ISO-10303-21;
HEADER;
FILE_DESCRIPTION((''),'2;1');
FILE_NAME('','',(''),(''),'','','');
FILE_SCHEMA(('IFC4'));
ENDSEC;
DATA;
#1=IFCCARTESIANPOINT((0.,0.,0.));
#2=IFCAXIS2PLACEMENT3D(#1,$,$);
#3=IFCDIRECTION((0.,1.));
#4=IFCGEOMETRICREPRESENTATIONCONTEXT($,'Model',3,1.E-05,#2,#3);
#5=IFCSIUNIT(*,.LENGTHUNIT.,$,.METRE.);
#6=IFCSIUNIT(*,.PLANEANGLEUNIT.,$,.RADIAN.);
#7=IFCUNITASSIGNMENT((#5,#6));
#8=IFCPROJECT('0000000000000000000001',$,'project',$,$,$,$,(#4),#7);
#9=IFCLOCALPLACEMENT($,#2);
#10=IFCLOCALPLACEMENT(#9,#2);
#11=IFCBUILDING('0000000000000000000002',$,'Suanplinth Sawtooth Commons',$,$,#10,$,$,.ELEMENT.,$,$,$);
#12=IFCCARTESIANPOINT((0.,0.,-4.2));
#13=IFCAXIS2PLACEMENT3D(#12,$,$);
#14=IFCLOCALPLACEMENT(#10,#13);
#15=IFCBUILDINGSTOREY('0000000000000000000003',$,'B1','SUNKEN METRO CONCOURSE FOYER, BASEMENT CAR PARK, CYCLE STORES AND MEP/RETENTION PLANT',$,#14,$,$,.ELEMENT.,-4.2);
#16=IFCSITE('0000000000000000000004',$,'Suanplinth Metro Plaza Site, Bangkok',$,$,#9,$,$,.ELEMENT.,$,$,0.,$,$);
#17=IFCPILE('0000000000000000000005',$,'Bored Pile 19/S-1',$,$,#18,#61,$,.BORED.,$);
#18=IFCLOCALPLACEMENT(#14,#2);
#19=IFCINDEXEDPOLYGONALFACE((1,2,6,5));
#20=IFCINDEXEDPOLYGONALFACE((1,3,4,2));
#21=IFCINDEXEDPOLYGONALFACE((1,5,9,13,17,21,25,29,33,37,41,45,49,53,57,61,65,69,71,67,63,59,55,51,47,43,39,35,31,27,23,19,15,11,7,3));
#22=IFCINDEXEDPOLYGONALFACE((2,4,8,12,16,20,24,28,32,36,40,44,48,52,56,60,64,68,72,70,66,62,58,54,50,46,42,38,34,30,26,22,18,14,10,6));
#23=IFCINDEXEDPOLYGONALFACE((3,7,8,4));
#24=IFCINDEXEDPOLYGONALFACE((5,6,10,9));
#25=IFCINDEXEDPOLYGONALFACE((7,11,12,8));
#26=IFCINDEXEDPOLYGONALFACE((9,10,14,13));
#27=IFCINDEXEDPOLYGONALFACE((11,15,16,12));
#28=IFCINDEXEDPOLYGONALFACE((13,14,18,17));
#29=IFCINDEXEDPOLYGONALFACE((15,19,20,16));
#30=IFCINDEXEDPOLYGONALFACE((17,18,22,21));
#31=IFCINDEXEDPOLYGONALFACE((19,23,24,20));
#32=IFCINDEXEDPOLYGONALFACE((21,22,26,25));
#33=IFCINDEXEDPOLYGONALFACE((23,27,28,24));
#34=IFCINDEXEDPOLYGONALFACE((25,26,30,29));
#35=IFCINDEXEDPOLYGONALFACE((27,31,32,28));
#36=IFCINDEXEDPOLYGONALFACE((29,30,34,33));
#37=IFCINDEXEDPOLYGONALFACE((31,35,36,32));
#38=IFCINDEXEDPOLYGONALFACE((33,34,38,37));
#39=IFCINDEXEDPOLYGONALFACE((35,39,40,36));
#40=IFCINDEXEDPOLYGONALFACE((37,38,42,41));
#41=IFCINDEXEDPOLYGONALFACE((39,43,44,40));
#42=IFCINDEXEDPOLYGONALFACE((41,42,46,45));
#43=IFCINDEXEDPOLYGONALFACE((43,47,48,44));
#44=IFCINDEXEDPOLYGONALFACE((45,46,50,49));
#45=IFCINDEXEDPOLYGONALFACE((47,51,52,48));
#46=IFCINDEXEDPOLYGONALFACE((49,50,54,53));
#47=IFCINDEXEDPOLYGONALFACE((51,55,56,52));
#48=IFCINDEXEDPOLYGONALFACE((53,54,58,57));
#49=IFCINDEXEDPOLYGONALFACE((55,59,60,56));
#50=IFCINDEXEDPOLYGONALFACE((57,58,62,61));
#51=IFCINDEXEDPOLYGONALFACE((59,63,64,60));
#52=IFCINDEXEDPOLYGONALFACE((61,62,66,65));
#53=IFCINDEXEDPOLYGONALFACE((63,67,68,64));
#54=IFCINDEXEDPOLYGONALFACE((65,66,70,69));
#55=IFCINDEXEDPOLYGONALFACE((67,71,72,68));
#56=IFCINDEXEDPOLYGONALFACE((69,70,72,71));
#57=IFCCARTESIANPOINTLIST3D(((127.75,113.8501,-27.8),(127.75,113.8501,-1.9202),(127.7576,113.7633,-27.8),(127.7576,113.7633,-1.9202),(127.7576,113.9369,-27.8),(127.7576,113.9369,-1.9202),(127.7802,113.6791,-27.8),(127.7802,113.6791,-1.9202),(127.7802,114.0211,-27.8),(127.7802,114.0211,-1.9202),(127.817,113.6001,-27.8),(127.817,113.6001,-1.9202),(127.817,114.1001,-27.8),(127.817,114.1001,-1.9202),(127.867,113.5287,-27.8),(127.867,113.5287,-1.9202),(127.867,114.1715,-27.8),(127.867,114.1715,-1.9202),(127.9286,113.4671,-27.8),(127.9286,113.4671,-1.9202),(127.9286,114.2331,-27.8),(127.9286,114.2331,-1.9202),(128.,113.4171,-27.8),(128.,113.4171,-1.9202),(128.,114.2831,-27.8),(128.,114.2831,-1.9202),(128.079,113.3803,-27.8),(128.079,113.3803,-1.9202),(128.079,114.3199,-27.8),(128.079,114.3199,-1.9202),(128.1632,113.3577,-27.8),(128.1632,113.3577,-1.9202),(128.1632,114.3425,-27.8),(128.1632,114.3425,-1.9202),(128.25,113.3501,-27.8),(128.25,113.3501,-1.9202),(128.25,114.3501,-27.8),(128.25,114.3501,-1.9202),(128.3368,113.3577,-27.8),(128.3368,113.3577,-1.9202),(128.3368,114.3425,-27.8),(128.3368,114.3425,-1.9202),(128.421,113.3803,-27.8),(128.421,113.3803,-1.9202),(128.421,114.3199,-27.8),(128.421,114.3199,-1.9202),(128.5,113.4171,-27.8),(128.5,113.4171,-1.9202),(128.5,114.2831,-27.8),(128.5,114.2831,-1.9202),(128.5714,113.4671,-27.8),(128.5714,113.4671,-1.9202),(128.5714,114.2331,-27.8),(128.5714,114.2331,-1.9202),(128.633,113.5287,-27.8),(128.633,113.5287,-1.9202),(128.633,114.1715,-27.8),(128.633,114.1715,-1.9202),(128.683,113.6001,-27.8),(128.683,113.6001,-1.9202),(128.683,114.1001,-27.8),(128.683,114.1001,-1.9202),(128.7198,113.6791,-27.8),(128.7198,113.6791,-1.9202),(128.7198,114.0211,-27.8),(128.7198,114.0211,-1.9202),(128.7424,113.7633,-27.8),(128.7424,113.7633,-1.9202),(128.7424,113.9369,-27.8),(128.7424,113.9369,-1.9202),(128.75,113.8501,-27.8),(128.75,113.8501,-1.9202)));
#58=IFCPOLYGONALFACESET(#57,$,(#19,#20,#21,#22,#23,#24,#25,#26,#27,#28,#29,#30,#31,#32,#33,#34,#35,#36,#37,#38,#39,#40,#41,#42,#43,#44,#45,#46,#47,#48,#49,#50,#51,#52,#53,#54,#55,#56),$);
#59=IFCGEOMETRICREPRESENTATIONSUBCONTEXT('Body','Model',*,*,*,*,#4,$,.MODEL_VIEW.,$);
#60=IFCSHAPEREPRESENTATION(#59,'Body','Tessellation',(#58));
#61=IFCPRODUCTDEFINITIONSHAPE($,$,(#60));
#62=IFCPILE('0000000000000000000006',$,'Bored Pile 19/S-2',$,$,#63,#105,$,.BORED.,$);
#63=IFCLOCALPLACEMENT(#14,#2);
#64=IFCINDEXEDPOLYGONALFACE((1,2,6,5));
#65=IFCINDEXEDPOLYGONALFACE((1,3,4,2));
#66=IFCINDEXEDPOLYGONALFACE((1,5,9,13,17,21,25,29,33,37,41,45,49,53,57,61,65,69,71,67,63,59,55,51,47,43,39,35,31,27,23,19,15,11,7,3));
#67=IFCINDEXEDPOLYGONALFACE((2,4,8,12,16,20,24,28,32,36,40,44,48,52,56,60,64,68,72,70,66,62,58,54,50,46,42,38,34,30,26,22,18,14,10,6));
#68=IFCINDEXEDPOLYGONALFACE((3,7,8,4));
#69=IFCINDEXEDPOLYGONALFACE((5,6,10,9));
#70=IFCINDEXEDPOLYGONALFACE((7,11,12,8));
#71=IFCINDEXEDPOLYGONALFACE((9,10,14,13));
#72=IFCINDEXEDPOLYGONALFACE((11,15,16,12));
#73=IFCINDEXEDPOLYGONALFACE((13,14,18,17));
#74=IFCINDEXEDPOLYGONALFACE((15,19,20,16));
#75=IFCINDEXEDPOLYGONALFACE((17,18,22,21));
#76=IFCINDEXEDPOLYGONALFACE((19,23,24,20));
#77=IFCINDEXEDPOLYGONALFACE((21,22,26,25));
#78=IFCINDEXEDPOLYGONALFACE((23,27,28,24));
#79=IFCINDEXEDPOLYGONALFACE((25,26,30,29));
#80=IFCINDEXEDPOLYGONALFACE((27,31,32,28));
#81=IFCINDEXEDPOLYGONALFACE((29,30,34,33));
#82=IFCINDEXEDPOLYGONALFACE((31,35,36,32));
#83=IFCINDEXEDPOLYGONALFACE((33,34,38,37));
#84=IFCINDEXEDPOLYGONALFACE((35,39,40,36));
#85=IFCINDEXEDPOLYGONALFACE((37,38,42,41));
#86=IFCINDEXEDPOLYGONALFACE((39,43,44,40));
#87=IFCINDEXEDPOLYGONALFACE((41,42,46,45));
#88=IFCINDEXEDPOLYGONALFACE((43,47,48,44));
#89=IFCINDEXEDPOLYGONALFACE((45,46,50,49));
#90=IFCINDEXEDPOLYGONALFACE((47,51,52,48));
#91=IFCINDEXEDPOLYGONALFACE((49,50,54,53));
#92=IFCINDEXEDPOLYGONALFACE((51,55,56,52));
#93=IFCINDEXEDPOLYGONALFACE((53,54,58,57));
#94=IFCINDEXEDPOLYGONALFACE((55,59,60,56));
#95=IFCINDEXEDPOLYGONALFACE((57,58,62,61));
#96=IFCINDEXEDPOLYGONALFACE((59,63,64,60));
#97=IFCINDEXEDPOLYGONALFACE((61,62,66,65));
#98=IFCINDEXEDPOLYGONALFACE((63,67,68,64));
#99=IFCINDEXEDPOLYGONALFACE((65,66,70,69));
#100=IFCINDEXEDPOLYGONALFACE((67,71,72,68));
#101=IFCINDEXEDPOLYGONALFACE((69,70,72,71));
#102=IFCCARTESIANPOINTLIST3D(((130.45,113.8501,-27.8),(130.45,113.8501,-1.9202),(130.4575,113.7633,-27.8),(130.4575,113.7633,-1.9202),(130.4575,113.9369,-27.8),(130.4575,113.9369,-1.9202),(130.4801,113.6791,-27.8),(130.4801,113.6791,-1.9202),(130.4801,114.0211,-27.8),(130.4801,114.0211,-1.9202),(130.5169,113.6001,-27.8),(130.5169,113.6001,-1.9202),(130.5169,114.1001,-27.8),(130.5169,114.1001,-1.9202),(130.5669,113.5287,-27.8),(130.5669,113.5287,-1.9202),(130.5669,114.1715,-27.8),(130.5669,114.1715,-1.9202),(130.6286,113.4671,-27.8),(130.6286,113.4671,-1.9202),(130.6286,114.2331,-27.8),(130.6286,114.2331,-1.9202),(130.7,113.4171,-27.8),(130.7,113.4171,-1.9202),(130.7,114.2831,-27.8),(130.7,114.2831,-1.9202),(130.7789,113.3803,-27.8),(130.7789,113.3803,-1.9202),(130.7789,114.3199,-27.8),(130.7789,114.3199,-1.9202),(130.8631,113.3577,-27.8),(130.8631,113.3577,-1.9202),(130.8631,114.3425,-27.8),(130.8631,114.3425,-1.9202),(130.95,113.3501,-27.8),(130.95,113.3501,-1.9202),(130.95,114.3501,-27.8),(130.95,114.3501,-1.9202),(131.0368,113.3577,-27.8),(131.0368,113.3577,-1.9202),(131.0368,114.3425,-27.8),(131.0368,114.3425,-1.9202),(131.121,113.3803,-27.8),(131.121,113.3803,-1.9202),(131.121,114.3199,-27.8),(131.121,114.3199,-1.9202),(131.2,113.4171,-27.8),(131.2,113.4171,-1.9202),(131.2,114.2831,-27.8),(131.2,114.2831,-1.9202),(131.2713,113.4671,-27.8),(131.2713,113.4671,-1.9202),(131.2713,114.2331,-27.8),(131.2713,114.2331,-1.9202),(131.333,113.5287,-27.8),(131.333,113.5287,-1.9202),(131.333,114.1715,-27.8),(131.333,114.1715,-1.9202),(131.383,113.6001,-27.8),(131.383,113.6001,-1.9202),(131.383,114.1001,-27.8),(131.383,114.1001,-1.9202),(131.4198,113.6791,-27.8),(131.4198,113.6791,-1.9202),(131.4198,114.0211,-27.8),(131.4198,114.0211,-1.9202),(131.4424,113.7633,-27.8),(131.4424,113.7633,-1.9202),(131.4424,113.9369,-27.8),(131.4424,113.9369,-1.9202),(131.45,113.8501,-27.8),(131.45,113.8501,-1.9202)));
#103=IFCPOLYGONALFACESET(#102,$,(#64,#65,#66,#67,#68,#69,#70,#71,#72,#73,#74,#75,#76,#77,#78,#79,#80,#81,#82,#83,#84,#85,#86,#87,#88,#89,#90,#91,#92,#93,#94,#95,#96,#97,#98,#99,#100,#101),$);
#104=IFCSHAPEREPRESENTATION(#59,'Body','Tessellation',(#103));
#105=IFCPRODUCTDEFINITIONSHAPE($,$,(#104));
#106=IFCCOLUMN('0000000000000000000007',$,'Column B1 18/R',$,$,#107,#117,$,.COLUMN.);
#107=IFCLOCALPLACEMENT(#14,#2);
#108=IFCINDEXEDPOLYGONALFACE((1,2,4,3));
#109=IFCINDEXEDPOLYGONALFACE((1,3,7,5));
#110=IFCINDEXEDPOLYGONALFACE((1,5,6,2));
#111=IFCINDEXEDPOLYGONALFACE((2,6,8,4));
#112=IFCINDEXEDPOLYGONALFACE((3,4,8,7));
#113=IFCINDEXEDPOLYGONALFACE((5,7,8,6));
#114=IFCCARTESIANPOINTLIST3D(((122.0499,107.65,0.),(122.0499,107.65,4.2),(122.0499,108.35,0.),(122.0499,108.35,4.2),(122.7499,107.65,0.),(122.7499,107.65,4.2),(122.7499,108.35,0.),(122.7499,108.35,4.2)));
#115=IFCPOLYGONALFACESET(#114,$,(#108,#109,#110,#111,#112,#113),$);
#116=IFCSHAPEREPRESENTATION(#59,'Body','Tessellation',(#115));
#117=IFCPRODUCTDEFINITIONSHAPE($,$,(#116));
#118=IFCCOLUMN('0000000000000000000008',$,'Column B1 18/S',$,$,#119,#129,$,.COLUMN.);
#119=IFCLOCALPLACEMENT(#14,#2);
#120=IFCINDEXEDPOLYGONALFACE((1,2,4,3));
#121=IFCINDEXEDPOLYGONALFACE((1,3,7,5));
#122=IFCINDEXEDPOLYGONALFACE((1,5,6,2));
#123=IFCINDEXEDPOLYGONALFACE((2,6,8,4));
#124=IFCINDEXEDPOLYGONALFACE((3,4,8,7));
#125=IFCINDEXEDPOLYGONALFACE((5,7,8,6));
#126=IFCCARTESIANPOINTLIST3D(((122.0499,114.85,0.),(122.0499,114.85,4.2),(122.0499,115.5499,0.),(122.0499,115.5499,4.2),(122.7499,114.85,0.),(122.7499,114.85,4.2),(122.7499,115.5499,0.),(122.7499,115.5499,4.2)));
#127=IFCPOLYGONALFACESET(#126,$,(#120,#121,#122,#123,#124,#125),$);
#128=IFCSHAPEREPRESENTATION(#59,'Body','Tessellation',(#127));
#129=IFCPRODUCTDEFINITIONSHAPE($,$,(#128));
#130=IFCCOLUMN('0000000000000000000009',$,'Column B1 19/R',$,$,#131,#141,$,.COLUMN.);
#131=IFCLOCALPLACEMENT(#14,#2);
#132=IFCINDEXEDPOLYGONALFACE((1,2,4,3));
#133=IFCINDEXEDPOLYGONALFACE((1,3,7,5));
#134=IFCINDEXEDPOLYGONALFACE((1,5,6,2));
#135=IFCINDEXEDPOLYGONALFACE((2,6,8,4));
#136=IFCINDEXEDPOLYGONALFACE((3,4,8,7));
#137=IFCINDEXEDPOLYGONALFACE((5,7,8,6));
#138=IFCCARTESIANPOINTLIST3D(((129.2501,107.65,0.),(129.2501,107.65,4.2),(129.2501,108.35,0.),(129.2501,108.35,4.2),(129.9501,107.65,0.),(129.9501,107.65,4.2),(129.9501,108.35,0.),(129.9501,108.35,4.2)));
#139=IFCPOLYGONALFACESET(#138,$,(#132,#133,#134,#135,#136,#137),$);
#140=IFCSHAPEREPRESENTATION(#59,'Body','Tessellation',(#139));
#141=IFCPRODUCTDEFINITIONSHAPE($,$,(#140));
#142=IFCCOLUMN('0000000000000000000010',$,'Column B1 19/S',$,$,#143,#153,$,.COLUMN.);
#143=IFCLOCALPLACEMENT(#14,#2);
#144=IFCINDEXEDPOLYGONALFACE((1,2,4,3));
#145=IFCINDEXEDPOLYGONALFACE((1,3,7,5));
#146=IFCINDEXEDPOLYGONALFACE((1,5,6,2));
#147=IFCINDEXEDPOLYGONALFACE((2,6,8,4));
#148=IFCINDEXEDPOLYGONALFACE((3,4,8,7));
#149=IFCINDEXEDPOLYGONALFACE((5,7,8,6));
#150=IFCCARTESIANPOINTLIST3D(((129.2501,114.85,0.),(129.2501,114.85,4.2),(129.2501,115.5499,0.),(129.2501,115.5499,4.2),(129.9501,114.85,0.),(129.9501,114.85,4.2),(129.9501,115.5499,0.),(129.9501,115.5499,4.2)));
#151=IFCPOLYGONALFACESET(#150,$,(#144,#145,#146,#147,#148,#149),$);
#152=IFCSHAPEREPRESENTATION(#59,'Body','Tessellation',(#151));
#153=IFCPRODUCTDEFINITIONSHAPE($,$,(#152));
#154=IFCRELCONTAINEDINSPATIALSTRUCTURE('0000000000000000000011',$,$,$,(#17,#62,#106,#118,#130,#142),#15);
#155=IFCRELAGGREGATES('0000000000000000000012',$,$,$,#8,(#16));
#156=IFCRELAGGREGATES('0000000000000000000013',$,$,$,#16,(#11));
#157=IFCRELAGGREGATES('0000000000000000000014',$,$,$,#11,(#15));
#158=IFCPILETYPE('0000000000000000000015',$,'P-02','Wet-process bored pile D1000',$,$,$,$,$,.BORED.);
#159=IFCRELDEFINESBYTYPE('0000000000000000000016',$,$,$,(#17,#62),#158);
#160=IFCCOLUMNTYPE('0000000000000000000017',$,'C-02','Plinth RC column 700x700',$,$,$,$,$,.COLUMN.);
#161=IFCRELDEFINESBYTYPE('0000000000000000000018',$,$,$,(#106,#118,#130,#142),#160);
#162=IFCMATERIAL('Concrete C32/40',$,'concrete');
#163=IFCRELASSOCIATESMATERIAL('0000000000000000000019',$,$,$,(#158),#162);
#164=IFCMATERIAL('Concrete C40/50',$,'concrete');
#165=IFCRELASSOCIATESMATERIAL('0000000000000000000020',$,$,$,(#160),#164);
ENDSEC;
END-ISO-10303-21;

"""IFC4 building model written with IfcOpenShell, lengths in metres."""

from ifc_helpers import new_model, si_unit, direction, frame, origin, origin_2d, place, context, subcontext, project, spatial, rectangle, circle, extrude, material, material_profile, profile_set, type_object, element, save


model = new_model("IFC4")

# Units and contexts
model_context = context("Model", 3, precision=1e-05, world=origin(), true_north=direction((0.0, 1.0)))
body_context = subcontext(model_context, "Body", "Model", "MODEL_VIEW")
ifc_project = project(units=[si_unit("LENGTHUNIT", "METRE"), si_unit("PLANEANGLEUNIT", "RADIAN")], contexts=[model_context])

# Site, building, storey
site_placement = place(None, origin())
site = spatial("IfcSite", under=ifc_project, at=site_placement, Name="Suanplinth Metro Plaza Site, Bangkok", CompositionType="ELEMENT", RefElevation=0.0)
building_placement = place(site_placement, origin())
building = spatial("IfcBuilding", under=site, at=building_placement, Name="Suanplinth Sawtooth Commons", CompositionType="ELEMENT")
storey_placement = place(building_placement, frame((0.0, 0.0, -4.2)))
storey = spatial("IfcBuildingStorey", under=building, at=storey_placement, Name="B1", Description="SUNKEN METRO CONCOURSE FOYER, BASEMENT CAR PARK, CYCLE STORES AND MEP/RETENTION PLANT", CompositionType="ELEMENT", Elevation=-4.2)

# Piles
ifc_material_1 = material(Name="Concrete C32/40", Category="concrete")
ifc_material_profile_1 = material_profile(ifc_material_1, circle(Radius=0.5, at=origin_2d()), Name="PILE D1000")
ifc_profile_set_1 = profile_set([ifc_material_profile_1], Name="Concrete C32/40")
pile_type = type_object("IfcPileType", Name="P-02", Description="Wet-process bored pile D1000", PredefinedType="BORED", material=ifc_profile_set_1)
for number, where, z_axis, x_axis, name in (
    (1, (128.25, 113.8501, -1.9202), (0.0, 0.0, -1.0), (1.0, 0.0, 0.0), "Bored Pile 19/S-1"),
    (2, (130.95, 113.8501, -1.9202), (0.0, 0.0, -1.0), (1.0, 0.0, 0.0), "Bored Pile 19/S-2"),
):
    element("IfcPile", number, at=place(storey_placement, frame(where, z_axis=z_axis, x_axis=x_axis)), inside=storey, type_object=pile_type, Name=name, PredefinedType="BORED", context=body_context, shape_type="SweptSolid", body=[
        extrude(circle(Radius=0.5, at=origin_2d()), origin(), (0.0, 0.0, 1.0), 25.8799),
    ])

# Columns
ifc_material_2 = material(Name="Concrete C40/50", Category="concrete")
ifc_material_profile_2 = material_profile(ifc_material_2, rectangle(XDim=0.7, YDim=0.7, at=origin_2d()), Name="RC-COL 700x700")
ifc_profile_set_2 = profile_set([ifc_material_profile_2], Name="Concrete C40/50")
column_type = type_object("IfcColumnType", Name="C-02", Description="Plinth RC column 700x700", PredefinedType="COLUMN", material=ifc_profile_set_2)
for number, where, z_axis, x_axis, name in (
    (3, (122.3999, 108.0, 0.0), (0.0, 0.0, 1.0), (1.0, 0.0, 0.0), "Column B1 18/R"),
    (4, (122.3999, 115.2, 0.0), (0.0, 0.0, 1.0), (1.0, 0.0, 0.0), "Column B1 18/S"),
    (5, (129.6001, 108.0, 0.0), (0.0, 0.0, 1.0), (1.0, 0.0, 0.0), "Column B1 19/R"),
    (6, (129.6001, 115.2, 0.0), (0.0, 0.0, 1.0), (1.0, 0.0, 0.0), "Column B1 19/S"),
):
    element("IfcColumn", number, at=place(storey_placement, frame(where, z_axis=z_axis, x_axis=x_axis)), inside=storey, type_object=column_type, Name=name, PredefinedType="COLUMN", context=body_context, shape_type="SweptSolid", body=[
        extrude(rectangle(XDim=0.7, YDim=0.7, at=origin_2d()), origin(), (0.0, 0.0, 1.0), 4.2),
    ])

save(model, "model.ifc")
